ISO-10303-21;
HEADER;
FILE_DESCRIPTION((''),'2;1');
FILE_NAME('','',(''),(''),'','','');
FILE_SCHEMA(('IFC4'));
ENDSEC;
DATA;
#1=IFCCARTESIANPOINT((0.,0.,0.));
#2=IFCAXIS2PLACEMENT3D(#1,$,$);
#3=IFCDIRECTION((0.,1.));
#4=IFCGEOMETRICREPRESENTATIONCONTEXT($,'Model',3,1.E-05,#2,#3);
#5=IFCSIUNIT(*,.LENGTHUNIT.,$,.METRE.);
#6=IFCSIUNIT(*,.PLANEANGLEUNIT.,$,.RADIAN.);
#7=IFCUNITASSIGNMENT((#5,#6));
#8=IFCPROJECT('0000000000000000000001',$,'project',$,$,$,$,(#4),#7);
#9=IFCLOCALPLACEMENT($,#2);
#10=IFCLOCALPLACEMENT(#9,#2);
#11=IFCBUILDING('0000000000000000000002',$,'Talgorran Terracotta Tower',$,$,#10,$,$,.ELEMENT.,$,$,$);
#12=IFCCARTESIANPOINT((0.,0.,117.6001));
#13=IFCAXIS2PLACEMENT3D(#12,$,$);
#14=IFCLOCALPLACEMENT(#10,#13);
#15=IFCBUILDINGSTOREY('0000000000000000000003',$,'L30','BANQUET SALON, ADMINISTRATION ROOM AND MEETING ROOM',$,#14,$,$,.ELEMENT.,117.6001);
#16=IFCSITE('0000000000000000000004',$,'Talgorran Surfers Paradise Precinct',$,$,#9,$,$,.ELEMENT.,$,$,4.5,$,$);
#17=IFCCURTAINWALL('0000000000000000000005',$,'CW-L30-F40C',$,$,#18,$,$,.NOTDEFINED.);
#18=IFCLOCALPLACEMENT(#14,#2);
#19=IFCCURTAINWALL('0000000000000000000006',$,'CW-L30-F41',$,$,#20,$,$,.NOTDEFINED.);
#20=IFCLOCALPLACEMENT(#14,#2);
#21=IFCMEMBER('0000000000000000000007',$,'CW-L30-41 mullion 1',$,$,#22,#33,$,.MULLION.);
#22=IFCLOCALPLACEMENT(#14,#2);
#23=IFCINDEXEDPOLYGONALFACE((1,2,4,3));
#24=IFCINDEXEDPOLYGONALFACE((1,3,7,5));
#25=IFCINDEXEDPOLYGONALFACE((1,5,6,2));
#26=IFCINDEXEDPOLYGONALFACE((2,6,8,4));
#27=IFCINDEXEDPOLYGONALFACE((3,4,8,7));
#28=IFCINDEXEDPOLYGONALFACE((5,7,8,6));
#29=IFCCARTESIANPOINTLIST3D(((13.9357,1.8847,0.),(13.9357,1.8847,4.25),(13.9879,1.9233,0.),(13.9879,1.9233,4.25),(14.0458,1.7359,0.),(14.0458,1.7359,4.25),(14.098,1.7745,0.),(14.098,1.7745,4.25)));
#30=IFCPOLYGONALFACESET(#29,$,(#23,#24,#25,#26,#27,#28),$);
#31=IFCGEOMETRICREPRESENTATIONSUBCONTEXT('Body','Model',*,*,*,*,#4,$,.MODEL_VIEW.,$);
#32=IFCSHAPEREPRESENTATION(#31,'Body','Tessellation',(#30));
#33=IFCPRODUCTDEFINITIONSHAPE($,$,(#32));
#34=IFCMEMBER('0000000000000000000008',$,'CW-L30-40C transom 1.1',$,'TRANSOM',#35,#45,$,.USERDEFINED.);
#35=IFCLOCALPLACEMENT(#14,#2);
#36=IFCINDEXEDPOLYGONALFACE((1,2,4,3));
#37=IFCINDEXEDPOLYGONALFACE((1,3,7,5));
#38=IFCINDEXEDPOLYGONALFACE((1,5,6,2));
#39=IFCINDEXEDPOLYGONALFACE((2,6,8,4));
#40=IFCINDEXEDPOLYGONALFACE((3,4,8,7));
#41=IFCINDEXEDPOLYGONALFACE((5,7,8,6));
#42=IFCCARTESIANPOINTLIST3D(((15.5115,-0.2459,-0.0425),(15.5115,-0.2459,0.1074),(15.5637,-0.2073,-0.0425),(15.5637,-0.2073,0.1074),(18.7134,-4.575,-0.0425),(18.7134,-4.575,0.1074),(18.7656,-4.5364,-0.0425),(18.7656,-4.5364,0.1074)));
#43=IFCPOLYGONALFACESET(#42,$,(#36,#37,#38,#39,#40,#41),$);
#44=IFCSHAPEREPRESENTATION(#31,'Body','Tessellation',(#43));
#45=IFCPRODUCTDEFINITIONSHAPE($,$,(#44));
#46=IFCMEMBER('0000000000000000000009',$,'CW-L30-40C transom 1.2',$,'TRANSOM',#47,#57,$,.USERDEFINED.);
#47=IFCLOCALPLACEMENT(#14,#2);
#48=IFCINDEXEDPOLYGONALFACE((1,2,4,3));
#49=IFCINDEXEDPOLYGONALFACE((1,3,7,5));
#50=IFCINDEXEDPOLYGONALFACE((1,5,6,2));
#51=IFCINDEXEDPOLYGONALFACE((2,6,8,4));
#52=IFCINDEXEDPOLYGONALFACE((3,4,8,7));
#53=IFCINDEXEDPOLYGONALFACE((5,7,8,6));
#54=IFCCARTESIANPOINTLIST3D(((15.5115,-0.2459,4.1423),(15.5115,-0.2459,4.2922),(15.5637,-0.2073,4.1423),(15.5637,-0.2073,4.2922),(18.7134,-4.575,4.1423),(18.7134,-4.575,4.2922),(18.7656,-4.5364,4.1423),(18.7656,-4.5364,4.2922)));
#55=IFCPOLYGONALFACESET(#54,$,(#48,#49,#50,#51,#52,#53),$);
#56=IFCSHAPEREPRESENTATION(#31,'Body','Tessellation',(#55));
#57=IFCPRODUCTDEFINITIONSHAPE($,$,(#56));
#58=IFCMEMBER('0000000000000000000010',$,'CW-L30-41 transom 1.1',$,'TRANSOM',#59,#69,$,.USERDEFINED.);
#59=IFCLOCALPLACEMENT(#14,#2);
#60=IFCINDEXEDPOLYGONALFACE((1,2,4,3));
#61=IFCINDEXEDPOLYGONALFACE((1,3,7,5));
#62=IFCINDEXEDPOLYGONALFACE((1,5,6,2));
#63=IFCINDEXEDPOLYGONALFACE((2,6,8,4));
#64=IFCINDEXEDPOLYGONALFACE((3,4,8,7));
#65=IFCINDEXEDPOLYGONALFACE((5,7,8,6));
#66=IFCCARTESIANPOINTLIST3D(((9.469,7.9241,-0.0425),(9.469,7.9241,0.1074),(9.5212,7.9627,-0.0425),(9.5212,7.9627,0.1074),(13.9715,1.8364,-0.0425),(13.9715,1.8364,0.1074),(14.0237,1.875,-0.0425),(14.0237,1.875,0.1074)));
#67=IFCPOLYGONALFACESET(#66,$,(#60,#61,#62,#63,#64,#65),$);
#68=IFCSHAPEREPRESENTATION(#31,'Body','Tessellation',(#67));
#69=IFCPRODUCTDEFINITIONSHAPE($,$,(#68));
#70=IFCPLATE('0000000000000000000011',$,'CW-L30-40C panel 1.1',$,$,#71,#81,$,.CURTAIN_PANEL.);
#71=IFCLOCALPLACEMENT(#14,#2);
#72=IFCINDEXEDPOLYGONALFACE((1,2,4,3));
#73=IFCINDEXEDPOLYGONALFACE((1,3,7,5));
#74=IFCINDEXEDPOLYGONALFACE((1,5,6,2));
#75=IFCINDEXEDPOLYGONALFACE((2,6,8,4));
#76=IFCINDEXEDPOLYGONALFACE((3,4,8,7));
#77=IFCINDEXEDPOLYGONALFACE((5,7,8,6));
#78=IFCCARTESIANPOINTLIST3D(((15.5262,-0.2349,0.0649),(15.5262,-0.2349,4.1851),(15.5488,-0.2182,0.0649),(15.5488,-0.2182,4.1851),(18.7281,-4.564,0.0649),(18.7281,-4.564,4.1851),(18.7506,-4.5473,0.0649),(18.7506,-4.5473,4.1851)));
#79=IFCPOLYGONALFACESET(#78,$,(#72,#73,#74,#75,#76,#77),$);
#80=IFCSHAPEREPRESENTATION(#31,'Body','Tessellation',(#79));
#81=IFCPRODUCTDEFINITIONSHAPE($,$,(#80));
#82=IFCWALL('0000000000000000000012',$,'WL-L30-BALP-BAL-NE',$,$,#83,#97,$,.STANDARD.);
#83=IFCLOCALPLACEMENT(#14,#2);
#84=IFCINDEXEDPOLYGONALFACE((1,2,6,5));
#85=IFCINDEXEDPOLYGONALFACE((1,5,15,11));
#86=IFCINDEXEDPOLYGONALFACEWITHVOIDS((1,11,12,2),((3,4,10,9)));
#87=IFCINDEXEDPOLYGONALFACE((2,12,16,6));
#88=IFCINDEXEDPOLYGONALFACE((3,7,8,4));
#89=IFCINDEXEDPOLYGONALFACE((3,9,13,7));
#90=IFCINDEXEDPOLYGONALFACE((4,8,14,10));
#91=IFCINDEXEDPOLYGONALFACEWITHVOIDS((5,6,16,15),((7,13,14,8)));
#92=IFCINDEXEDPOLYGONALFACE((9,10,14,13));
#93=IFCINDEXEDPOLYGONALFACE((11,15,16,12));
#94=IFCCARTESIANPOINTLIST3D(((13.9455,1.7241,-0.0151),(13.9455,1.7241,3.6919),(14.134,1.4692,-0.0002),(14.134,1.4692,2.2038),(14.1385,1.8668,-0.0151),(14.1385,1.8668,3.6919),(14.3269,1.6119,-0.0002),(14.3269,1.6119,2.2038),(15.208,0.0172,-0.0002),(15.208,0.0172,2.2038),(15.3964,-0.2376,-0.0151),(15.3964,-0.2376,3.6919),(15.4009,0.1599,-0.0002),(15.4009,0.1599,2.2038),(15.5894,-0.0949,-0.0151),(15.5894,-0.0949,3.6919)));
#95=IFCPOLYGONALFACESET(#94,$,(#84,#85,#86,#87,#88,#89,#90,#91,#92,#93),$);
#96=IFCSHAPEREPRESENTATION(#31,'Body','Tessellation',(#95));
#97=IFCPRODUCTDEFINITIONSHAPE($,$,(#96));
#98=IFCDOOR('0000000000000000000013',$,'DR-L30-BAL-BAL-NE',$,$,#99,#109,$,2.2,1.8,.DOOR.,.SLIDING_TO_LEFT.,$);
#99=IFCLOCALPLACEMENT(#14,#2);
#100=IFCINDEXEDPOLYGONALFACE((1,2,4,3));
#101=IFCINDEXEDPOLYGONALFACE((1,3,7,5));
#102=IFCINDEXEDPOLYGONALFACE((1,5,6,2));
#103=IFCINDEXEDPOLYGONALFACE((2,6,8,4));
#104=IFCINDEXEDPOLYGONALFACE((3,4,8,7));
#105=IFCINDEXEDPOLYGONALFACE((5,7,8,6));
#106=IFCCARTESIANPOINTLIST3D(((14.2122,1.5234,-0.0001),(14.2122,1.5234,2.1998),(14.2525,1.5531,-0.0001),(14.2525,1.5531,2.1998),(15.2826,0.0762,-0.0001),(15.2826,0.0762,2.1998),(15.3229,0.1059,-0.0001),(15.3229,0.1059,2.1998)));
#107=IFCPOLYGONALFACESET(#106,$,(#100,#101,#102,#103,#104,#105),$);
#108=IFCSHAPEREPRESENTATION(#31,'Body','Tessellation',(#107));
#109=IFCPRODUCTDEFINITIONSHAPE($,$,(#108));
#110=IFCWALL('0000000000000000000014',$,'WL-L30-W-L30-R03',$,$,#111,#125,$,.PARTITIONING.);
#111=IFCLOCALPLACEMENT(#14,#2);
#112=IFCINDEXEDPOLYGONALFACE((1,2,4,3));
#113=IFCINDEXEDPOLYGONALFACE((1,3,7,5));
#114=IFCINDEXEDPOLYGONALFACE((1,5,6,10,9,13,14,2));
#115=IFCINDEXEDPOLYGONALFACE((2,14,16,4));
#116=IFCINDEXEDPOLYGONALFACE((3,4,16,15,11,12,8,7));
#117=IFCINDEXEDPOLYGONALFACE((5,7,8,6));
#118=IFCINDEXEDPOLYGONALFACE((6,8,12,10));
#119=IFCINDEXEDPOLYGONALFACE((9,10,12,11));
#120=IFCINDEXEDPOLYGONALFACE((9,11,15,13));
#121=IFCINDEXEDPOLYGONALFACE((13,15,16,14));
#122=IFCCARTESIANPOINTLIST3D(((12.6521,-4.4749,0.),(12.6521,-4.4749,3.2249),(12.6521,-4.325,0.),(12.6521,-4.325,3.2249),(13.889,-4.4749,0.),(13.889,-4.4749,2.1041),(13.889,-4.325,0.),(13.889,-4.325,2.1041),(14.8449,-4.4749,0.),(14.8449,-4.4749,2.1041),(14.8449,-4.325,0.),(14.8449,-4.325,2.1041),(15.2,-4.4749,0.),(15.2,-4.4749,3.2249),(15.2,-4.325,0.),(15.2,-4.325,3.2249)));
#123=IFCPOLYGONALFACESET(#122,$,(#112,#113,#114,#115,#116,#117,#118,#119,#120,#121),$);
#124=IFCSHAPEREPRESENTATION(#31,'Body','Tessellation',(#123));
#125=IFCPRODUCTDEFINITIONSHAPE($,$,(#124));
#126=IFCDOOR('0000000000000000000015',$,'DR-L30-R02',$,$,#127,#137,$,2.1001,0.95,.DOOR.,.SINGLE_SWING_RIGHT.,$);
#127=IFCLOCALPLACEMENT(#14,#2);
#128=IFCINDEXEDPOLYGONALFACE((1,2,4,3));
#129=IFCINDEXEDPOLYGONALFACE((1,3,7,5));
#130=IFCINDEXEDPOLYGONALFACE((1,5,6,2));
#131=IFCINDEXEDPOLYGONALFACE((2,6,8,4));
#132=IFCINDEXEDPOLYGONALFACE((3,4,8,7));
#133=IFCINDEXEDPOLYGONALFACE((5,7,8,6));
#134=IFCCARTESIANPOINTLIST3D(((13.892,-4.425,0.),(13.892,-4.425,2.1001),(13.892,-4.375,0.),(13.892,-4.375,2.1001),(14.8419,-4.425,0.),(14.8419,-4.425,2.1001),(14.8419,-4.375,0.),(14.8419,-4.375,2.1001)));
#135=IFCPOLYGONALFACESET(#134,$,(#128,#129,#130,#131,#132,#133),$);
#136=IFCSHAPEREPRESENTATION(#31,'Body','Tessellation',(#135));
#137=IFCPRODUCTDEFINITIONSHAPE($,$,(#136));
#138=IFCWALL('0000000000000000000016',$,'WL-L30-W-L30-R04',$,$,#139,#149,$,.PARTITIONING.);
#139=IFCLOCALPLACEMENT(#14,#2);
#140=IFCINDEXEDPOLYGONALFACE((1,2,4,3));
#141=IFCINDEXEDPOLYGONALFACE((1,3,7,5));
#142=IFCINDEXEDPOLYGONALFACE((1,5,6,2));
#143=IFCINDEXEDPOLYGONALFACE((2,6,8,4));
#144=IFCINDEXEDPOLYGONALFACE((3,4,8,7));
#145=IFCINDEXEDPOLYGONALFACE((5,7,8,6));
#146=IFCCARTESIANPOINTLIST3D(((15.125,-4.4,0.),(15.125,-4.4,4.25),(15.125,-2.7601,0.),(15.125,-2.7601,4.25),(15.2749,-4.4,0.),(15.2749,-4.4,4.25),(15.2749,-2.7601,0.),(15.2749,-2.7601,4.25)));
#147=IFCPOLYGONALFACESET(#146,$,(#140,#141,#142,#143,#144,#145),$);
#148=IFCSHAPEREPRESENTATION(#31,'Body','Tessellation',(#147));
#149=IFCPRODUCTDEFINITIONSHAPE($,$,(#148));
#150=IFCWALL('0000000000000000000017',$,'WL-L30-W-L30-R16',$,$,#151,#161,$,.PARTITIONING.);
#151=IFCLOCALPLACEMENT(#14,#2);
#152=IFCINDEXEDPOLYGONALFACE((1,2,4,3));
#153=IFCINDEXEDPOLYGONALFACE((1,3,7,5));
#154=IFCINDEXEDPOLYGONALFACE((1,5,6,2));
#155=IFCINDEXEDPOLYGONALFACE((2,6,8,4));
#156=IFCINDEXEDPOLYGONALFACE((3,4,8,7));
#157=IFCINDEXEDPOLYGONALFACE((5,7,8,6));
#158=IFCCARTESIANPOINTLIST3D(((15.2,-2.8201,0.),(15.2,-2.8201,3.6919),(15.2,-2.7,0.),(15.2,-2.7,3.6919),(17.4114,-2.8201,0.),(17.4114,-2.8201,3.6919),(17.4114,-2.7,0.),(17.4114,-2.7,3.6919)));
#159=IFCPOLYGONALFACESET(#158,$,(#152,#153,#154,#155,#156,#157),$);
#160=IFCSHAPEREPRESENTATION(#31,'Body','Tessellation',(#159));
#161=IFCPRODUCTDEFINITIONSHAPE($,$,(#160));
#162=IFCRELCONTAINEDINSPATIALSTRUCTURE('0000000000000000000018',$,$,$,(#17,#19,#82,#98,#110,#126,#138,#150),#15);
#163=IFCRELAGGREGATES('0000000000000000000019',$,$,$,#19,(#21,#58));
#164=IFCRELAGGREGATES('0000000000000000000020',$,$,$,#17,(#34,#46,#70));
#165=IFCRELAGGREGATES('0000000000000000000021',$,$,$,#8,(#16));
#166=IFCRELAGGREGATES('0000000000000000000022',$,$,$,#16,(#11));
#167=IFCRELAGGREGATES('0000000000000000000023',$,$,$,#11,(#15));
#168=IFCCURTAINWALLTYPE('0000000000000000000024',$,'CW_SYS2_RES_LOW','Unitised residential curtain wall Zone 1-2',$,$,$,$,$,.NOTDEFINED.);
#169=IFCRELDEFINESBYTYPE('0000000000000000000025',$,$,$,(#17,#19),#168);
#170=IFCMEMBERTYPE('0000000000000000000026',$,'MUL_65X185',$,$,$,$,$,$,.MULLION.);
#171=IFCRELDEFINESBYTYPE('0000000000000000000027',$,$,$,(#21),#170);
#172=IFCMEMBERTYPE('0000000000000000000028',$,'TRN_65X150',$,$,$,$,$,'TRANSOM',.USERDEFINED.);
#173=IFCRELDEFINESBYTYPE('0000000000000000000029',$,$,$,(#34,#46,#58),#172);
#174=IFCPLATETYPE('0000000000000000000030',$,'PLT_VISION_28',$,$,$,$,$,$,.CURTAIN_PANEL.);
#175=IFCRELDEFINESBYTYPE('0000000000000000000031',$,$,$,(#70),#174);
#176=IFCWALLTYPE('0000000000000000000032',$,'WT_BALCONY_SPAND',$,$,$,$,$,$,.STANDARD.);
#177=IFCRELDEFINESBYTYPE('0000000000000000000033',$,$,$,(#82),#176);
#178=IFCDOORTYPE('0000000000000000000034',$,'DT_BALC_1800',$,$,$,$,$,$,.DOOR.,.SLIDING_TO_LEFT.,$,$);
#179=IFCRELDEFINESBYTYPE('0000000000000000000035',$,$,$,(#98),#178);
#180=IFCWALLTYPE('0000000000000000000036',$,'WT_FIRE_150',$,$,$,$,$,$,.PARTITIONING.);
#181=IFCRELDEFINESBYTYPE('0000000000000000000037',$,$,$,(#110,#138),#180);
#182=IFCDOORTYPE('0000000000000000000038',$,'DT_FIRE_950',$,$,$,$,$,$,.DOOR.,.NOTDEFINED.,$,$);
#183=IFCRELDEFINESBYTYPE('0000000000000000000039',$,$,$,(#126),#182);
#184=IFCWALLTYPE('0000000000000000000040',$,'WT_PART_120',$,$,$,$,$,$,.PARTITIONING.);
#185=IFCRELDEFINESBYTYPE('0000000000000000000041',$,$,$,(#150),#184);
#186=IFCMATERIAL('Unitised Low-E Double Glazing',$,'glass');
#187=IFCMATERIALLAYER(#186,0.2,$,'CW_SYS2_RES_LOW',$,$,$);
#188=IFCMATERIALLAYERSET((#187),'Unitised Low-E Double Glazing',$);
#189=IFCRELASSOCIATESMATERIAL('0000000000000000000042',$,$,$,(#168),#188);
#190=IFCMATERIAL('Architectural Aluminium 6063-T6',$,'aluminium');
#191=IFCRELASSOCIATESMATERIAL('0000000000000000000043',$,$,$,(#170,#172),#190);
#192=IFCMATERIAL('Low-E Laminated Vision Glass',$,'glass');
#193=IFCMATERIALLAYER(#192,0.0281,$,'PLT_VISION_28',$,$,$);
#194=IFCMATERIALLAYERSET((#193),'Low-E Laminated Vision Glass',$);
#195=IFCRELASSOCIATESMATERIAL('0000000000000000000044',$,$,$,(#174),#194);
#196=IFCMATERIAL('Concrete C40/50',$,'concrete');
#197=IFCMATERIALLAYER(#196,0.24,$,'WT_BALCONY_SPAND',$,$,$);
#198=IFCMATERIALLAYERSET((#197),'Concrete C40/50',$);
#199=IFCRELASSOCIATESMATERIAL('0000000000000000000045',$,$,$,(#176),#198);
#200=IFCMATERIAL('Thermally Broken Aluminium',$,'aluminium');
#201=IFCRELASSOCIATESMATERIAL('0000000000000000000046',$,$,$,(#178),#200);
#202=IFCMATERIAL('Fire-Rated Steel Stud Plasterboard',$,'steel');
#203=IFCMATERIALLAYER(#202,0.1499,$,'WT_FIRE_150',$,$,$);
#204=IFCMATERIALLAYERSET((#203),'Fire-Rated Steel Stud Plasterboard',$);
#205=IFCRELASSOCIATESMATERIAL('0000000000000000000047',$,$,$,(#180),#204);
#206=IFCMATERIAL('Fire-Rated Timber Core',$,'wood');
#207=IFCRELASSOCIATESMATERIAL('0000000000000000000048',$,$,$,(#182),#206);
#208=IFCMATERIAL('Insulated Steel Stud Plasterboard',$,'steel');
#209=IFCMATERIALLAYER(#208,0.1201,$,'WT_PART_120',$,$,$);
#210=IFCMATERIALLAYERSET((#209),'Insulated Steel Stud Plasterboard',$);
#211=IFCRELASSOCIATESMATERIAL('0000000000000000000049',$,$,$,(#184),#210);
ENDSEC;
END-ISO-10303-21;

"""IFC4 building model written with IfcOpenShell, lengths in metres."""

from ifc_helpers import new_model, si_unit, direction, frame, frame_2d, origin, origin_2d, place, context, subcontext, project, spatial, rectangle, extrude, source, transform, mapped, material, layer, layer_set, material_profile, profile_set, type_object, type_shapes, element, fill, aggregate, save


model = new_model("IFC4")

# Units and contexts
model_context = context("Model", 3, precision=1e-05, world=origin(), true_north=direction((0.0, 1.0)))
body_context = subcontext(model_context, "Body", "Model", "MODEL_VIEW")
ifc_project = project(units=[si_unit("LENGTHUNIT", "METRE"), si_unit("PLANEANGLEUNIT", "RADIAN")], contexts=[model_context])

# Site, building, storey
site_placement = place(None, origin())
site = spatial("IfcSite", under=ifc_project, at=site_placement, Name="Talgorran Surfers Paradise Precinct", CompositionType="ELEMENT", RefElevation=4.5)
building_placement = place(site_placement, origin())
building = spatial("IfcBuilding", under=site, at=building_placement, Name="Talgorran Terracotta Tower", CompositionType="ELEMENT")
storey_placement = place(building_placement, frame((0.0, 0.0, 117.6001)))
storey = spatial("IfcBuildingStorey", under=building, at=storey_placement, Name="L30", Description="BANQUET SALON, ADMINISTRATION ROOM AND MEETING ROOM", CompositionType="ELEMENT", Elevation=117.6001)

# Shared definitions
ifc_material_1 = material(Name="Unitised Low-E Double Glazing", Category="glass")
ifc_layer_1 = layer(ifc_material_1, 0.2, Name="CW_SYS2_RES_LOW")
ifc_layer_set_1 = layer_set([ifc_layer_1], Name="Unitised Low-E Double Glazing")
curtain_wall_type = type_object("IfcCurtainWallType", Name="CW_SYS2_RES_LOW", Description="Unitised residential curtain wall Zone 1-2", PredefinedType="NOTDEFINED", material=ifc_layer_set_1)
ifc_material_2 = material(Name="Architectural Aluminium 6063-T6", Category="aluminium")
ifc_material_profile_1 = material_profile(ifc_material_2, rectangle(XDim=0.0649, YDim=0.1851, at=origin_2d()), Name="CWM65X185")
ifc_profile_set_1 = profile_set([ifc_material_profile_1], Name="Architectural Aluminium 6063-T6")
member_type_1 = type_object("IfcMemberType", Name="MUL_65X185", PredefinedType="MULLION", material=ifc_profile_set_1)

# Curtain wall
curtain_wall_1_placement = place(storey_placement, origin())
curtain_wall_1 = element("IfcCurtainWall", 1, at=curtain_wall_1_placement, inside=storey, type_object=curtain_wall_type, Name="CW-L30-F40C", PredefinedType="NOTDEFINED")

# Curtain wall, member
curtain_wall_2_placement = place(storey_placement, origin())
curtain_wall_2 = element("IfcCurtainWall", 2, at=curtain_wall_2_placement, inside=storey, type_object=curtain_wall_type, Name="CW-L30-F41", PredefinedType="NOTDEFINED")
member_1_placement = place(storey_placement, frame((14.0168, 1.8296, 0.0), z_axis=(0.0, 0.0, 1.0), x_axis=(-0.803994, -0.594637, 0.0)))
member_1 = element("IfcMember", 3, at=member_1_placement, type_object=member_type_1, Name="CW-L30-41 mullion 1", PredefinedType="MULLION", context=body_context, shape_type="SweptSolid", body=[
    extrude(rectangle(XDim=0.0649, YDim=0.1851, at=origin_2d()), origin(), (0.0, 0.0, 1.0), 4.25),
])

# Members
ifc_material_profile_2 = material_profile(ifc_material_2, rectangle(XDim=0.0649, YDim=0.1499, at=origin_2d()), Name="CWT65X150")
ifc_profile_set_2 = profile_set([ifc_material_profile_2], Name="Architectural Aluminium 6063-T6")
member_type_2 = type_object("IfcMemberType", Name="TRN_65X150", ElementType="TRANSOM", PredefinedType="USERDEFINED", material=ifc_profile_set_2)
member_2_placement = place(storey_placement, frame((18.7395, -4.5557, 0.0325), z_axis=(-0.594647, 0.803987, 0.0), x_axis=(-0.803987, -0.594647, 0.0)))
member_2 = element("IfcMember", 4, at=member_2_placement, type_object=member_type_2, Name="CW-L30-40C transom 1.1", ObjectType="TRANSOM", PredefinedType="USERDEFINED", context=body_context, shape_type="SweptSolid", body=[
    extrude(rectangle(XDim=0.0649, YDim=0.1499, at=origin_2d()), origin(), (0.0, 0.0, 1.0), 5.3845),
])
member_3_placement = place(storey_placement, frame((18.7395, -4.5557, 4.2173), z_axis=(-0.594647, 0.803987, 0.0), x_axis=(-0.803987, -0.594647, 0.0)))
member_3 = element("IfcMember", 5, at=member_3_placement, type_object=member_type_2, Name="CW-L30-40C transom 1.2", ObjectType="TRANSOM", PredefinedType="USERDEFINED", context=body_context, shape_type="SweptSolid", body=[
    extrude(rectangle(XDim=0.0649, YDim=0.1499, at=origin_2d()), origin(), (0.0, 0.0, 1.0), 5.3845),
])
member_4_placement = place(storey_placement, frame((13.9976, 1.8557, 0.0325), z_axis=(-0.594637, 0.803995, 0.0), x_axis=(-0.803995, -0.594637, 0.0)))
member_4 = element("IfcMember", 6, at=member_4_placement, type_object=member_type_2, Name="CW-L30-41 transom 1.1", ObjectType="TRANSOM", PredefinedType="USERDEFINED", context=body_context, shape_type="SweptSolid", body=[
    extrude(rectangle(XDim=0.0649, YDim=0.1499, at=origin_2d()), origin(), (0.0, 0.0, 1.0), 7.5718),
])
aggregate(curtain_wall_2, [member_1, member_4])

# Plate
ifc_material_3 = material(Name="Low-E Laminated Vision Glass", Category="glass")
ifc_layer_2 = layer(ifc_material_3, 0.0281, Name="PLT_VISION_28")
ifc_layer_set_2 = layer_set([ifc_layer_2], Name="Low-E Laminated Vision Glass")
plate_type = type_object("IfcPlateType", Name="PLT_VISION_28", PredefinedType="CURTAIN_PANEL", material=ifc_layer_set_2)
shared_shape_1 = source(origin(), body_context, "Body", "SweptSolid", [
    extrude(rectangle(XDim=5.3845, YDim=0.0281, at=origin_2d()), origin(), (0.0, 0.0, 1.0), 4.1201),
])
type_shapes(plate_type, [shared_shape_1])
plate_placement = place(storey_placement, frame((17.1384, -2.3911, 0.0649), z_axis=(0.0, 0.0, 1.0), x_axis=(-0.594639, 0.803993, 0.0)))
plate = element("IfcPlate", 7, at=plate_placement, type_object=plate_type, Name="CW-L30-40C panel 1.1", PredefinedType="CURTAIN_PANEL", context=body_context, shape_type="MappedRepresentation", body=[
    mapped(shared_shape_1, transform((0.0, 0.0, 0.0), scale=1.0)),
])
aggregate(curtain_wall_1, [member_2, member_3, plate])

# Walls, openings, doors
ifc_material_4 = material(Name="Concrete C40/50", Category="concrete")
ifc_layer_3 = layer(ifc_material_4, 0.24, Name="WT_BALCONY_SPAND")
ifc_layer_set_3 = layer_set([ifc_layer_3], Name="Concrete C40/50")
wall_type_1 = type_object("IfcWallType", Name="WT_BALCONY_SPAND", PredefinedType="STANDARD", material=ifc_layer_set_3)
wall_1_placement = place(storey_placement, frame((15.4929, -0.1663, -0.0151), z_axis=(0.0, 0.0, 1.0), x_axis=(-0.594655, 0.803981, 0.0)))
wall_1 = element("IfcWall", 8, at=wall_1_placement, inside=storey, type_object=wall_type_1, Name="WL-L30-BALP-BAL-NE", PredefinedType="STANDARD", context=body_context, shape_type="SweptSolid", body=[
    extrude(rectangle(XDim=2.4399, YDim=0.24, at=frame_2d((1.22, 0.0))), origin(), (0.0, 0.0, 1.0), 3.707),
])
opening_1_placement = place(wall_1_placement, frame((0.3201, 0.0, 0.0149)))
opening_1 = element("IfcOpeningElement", 9, at=opening_1_placement, cuts=wall_1, PredefinedType="OPENING", context=body_context, shape_type="SweptSolid", body=[
    extrude(rectangle(XDim=1.806, YDim=2.204, at=frame_2d((0.8999, 1.1021))), frame((0.0, 0.1299, 0.0), z_axis=(0.0, -1.0, 0.0), x_axis=(1.0, 0.0, 0.0)), (0.0, 0.0, 1.0), 0.26),
])
ifc_material_5 = material(Name="Thermally Broken Aluminium", Category="aluminium")
door_type_1 = type_object("IfcDoorType", Name="DT_BALC_1800", OperationType="SLIDING_TO_LEFT", PredefinedType="DOOR", material=ifc_material_5)
door_1_placement = place(opening_1_placement, origin())
door_1 = element("IfcDoor", 10, at=door_1_placement, inside=storey, type_object=door_type_1, Name="DR-L30-BAL-BAL-NE", OperationType="SLIDING_TO_LEFT", OverallHeight=2.2, OverallWidth=1.8, PredefinedType="DOOR", context=body_context, shape_type="SweptSolid", body=[
    extrude(rectangle(XDim=1.8, YDim=2.2, at=frame_2d((0.8999, 1.1001))), frame((0.0, 0.0249, 0.0), z_axis=(0.0, -1.0, 0.0), x_axis=(1.0, 0.0, 0.0)), (0.0, 0.0, 1.0), 0.05),
])
fill(opening_1, door_1)
ifc_material_6 = material(Name="Fire-Rated Steel Stud Plasterboard", Category="steel")
ifc_layer_4 = layer(ifc_material_6, 0.1499, Name="WT_FIRE_150")
ifc_layer_set_4 = layer_set([ifc_layer_4], Name="Fire-Rated Steel Stud Plasterboard")
wall_type_2 = type_object("IfcWallType", Name="WT_FIRE_150", PredefinedType="PARTITIONING", material=ifc_layer_set_4)
wall_2_placement = place(storey_placement, frame((12.6521, -4.3999, 0.0), z_axis=(0.0, 0.0, 1.0), x_axis=(1.0, 0.0, 0.0)))
wall_2 = element("IfcWall", 11, at=wall_2_placement, inside=storey, type_object=wall_type_2, Name="WL-L30-W-L30-R03", PredefinedType="PARTITIONING", context=body_context, shape_type="SweptSolid", body=[
    extrude(rectangle(XDim=2.5479, YDim=0.1499, at=frame_2d((1.2739, 0.0))), origin(), (0.0, 0.0, 1.0), 3.2249),
])
opening_2_placement = place(wall_2_placement, frame((1.2397, 0.0, 0.0)))
opening_2 = element("IfcOpeningElement", 12, at=opening_2_placement, cuts=wall_2, PredefinedType="OPENING", context=body_context, shape_type="SweptSolid", body=[
    extrude(rectangle(XDim=0.956, YDim=2.1041, at=frame_2d((0.4751, 1.052))), frame((0.0, 0.085, 0.0), z_axis=(0.0, -1.0, 0.0), x_axis=(1.0, 0.0, 0.0)), (0.0, 0.0, 1.0), 0.1699),
])
ifc_material_7 = material(Name="Fire-Rated Timber Core", Category="wood")
door_type_2 = type_object("IfcDoorType", Name="DT_FIRE_950", OperationType="NOTDEFINED", PredefinedType="DOOR", material=ifc_material_7)
door_2_placement = place(opening_2_placement, origin())
door_2 = element("IfcDoor", 13, at=door_2_placement, inside=storey, type_object=door_type_2, Name="DR-L30-R02", OperationType="SINGLE_SWING_RIGHT", OverallHeight=2.1001, OverallWidth=0.95, PredefinedType="DOOR", context=body_context, shape_type="SweptSolid", body=[
    extrude(rectangle(XDim=0.95, YDim=2.1001, at=frame_2d((0.4751, 1.05))), frame((0.0, 0.0249, 0.0), z_axis=(0.0, -1.0, 0.0), x_axis=(1.0, 0.0, 0.0)), (0.0, 0.0, 1.0), 0.05),
])
fill(opening_2, door_2)

# Walls
wall_3_placement = place(storey_placement, frame((15.2, -4.3999, 0.0), z_axis=(0.0, 0.0, 1.0), x_axis=(0.0, 1.0, 0.0)))
element("IfcWall", 14, at=wall_3_placement, inside=storey, type_object=wall_type_2, Name="WL-L30-W-L30-R04", PredefinedType="PARTITIONING", context=body_context, shape_type="SweptSolid", body=[
    extrude(rectangle(XDim=1.6399, YDim=0.1499, at=frame_2d((0.8198, 0.0))), origin(), (0.0, 0.0, 1.0), 4.25),
])
ifc_material_8 = material(Name="Insulated Steel Stud Plasterboard", Category="steel")
ifc_layer_5 = layer(ifc_material_8, 0.1201, Name="WT_PART_120")
ifc_layer_set_5 = layer_set([ifc_layer_5], Name="Insulated Steel Stud Plasterboard")
wall_type_3 = type_object("IfcWallType", Name="WT_PART_120", PredefinedType="PARTITIONING", material=ifc_layer_set_5)
wall_4_placement = place(storey_placement, frame((15.2, -2.76, 0.0), z_axis=(0.0, 0.0, 1.0), x_axis=(1.0, 0.0, 0.0)))
element("IfcWall", 15, at=wall_4_placement, inside=storey, type_object=wall_type_3, Name="WL-L30-W-L30-R16", PredefinedType="PARTITIONING", context=body_context, shape_type="SweptSolid", body=[
    extrude(rectangle(XDim=2.2114, YDim=0.1201, at=frame_2d((1.1057, 0.0))), origin(), (0.0, 0.0, 1.0), 3.6919),
])

save(model, "model.ifc")
